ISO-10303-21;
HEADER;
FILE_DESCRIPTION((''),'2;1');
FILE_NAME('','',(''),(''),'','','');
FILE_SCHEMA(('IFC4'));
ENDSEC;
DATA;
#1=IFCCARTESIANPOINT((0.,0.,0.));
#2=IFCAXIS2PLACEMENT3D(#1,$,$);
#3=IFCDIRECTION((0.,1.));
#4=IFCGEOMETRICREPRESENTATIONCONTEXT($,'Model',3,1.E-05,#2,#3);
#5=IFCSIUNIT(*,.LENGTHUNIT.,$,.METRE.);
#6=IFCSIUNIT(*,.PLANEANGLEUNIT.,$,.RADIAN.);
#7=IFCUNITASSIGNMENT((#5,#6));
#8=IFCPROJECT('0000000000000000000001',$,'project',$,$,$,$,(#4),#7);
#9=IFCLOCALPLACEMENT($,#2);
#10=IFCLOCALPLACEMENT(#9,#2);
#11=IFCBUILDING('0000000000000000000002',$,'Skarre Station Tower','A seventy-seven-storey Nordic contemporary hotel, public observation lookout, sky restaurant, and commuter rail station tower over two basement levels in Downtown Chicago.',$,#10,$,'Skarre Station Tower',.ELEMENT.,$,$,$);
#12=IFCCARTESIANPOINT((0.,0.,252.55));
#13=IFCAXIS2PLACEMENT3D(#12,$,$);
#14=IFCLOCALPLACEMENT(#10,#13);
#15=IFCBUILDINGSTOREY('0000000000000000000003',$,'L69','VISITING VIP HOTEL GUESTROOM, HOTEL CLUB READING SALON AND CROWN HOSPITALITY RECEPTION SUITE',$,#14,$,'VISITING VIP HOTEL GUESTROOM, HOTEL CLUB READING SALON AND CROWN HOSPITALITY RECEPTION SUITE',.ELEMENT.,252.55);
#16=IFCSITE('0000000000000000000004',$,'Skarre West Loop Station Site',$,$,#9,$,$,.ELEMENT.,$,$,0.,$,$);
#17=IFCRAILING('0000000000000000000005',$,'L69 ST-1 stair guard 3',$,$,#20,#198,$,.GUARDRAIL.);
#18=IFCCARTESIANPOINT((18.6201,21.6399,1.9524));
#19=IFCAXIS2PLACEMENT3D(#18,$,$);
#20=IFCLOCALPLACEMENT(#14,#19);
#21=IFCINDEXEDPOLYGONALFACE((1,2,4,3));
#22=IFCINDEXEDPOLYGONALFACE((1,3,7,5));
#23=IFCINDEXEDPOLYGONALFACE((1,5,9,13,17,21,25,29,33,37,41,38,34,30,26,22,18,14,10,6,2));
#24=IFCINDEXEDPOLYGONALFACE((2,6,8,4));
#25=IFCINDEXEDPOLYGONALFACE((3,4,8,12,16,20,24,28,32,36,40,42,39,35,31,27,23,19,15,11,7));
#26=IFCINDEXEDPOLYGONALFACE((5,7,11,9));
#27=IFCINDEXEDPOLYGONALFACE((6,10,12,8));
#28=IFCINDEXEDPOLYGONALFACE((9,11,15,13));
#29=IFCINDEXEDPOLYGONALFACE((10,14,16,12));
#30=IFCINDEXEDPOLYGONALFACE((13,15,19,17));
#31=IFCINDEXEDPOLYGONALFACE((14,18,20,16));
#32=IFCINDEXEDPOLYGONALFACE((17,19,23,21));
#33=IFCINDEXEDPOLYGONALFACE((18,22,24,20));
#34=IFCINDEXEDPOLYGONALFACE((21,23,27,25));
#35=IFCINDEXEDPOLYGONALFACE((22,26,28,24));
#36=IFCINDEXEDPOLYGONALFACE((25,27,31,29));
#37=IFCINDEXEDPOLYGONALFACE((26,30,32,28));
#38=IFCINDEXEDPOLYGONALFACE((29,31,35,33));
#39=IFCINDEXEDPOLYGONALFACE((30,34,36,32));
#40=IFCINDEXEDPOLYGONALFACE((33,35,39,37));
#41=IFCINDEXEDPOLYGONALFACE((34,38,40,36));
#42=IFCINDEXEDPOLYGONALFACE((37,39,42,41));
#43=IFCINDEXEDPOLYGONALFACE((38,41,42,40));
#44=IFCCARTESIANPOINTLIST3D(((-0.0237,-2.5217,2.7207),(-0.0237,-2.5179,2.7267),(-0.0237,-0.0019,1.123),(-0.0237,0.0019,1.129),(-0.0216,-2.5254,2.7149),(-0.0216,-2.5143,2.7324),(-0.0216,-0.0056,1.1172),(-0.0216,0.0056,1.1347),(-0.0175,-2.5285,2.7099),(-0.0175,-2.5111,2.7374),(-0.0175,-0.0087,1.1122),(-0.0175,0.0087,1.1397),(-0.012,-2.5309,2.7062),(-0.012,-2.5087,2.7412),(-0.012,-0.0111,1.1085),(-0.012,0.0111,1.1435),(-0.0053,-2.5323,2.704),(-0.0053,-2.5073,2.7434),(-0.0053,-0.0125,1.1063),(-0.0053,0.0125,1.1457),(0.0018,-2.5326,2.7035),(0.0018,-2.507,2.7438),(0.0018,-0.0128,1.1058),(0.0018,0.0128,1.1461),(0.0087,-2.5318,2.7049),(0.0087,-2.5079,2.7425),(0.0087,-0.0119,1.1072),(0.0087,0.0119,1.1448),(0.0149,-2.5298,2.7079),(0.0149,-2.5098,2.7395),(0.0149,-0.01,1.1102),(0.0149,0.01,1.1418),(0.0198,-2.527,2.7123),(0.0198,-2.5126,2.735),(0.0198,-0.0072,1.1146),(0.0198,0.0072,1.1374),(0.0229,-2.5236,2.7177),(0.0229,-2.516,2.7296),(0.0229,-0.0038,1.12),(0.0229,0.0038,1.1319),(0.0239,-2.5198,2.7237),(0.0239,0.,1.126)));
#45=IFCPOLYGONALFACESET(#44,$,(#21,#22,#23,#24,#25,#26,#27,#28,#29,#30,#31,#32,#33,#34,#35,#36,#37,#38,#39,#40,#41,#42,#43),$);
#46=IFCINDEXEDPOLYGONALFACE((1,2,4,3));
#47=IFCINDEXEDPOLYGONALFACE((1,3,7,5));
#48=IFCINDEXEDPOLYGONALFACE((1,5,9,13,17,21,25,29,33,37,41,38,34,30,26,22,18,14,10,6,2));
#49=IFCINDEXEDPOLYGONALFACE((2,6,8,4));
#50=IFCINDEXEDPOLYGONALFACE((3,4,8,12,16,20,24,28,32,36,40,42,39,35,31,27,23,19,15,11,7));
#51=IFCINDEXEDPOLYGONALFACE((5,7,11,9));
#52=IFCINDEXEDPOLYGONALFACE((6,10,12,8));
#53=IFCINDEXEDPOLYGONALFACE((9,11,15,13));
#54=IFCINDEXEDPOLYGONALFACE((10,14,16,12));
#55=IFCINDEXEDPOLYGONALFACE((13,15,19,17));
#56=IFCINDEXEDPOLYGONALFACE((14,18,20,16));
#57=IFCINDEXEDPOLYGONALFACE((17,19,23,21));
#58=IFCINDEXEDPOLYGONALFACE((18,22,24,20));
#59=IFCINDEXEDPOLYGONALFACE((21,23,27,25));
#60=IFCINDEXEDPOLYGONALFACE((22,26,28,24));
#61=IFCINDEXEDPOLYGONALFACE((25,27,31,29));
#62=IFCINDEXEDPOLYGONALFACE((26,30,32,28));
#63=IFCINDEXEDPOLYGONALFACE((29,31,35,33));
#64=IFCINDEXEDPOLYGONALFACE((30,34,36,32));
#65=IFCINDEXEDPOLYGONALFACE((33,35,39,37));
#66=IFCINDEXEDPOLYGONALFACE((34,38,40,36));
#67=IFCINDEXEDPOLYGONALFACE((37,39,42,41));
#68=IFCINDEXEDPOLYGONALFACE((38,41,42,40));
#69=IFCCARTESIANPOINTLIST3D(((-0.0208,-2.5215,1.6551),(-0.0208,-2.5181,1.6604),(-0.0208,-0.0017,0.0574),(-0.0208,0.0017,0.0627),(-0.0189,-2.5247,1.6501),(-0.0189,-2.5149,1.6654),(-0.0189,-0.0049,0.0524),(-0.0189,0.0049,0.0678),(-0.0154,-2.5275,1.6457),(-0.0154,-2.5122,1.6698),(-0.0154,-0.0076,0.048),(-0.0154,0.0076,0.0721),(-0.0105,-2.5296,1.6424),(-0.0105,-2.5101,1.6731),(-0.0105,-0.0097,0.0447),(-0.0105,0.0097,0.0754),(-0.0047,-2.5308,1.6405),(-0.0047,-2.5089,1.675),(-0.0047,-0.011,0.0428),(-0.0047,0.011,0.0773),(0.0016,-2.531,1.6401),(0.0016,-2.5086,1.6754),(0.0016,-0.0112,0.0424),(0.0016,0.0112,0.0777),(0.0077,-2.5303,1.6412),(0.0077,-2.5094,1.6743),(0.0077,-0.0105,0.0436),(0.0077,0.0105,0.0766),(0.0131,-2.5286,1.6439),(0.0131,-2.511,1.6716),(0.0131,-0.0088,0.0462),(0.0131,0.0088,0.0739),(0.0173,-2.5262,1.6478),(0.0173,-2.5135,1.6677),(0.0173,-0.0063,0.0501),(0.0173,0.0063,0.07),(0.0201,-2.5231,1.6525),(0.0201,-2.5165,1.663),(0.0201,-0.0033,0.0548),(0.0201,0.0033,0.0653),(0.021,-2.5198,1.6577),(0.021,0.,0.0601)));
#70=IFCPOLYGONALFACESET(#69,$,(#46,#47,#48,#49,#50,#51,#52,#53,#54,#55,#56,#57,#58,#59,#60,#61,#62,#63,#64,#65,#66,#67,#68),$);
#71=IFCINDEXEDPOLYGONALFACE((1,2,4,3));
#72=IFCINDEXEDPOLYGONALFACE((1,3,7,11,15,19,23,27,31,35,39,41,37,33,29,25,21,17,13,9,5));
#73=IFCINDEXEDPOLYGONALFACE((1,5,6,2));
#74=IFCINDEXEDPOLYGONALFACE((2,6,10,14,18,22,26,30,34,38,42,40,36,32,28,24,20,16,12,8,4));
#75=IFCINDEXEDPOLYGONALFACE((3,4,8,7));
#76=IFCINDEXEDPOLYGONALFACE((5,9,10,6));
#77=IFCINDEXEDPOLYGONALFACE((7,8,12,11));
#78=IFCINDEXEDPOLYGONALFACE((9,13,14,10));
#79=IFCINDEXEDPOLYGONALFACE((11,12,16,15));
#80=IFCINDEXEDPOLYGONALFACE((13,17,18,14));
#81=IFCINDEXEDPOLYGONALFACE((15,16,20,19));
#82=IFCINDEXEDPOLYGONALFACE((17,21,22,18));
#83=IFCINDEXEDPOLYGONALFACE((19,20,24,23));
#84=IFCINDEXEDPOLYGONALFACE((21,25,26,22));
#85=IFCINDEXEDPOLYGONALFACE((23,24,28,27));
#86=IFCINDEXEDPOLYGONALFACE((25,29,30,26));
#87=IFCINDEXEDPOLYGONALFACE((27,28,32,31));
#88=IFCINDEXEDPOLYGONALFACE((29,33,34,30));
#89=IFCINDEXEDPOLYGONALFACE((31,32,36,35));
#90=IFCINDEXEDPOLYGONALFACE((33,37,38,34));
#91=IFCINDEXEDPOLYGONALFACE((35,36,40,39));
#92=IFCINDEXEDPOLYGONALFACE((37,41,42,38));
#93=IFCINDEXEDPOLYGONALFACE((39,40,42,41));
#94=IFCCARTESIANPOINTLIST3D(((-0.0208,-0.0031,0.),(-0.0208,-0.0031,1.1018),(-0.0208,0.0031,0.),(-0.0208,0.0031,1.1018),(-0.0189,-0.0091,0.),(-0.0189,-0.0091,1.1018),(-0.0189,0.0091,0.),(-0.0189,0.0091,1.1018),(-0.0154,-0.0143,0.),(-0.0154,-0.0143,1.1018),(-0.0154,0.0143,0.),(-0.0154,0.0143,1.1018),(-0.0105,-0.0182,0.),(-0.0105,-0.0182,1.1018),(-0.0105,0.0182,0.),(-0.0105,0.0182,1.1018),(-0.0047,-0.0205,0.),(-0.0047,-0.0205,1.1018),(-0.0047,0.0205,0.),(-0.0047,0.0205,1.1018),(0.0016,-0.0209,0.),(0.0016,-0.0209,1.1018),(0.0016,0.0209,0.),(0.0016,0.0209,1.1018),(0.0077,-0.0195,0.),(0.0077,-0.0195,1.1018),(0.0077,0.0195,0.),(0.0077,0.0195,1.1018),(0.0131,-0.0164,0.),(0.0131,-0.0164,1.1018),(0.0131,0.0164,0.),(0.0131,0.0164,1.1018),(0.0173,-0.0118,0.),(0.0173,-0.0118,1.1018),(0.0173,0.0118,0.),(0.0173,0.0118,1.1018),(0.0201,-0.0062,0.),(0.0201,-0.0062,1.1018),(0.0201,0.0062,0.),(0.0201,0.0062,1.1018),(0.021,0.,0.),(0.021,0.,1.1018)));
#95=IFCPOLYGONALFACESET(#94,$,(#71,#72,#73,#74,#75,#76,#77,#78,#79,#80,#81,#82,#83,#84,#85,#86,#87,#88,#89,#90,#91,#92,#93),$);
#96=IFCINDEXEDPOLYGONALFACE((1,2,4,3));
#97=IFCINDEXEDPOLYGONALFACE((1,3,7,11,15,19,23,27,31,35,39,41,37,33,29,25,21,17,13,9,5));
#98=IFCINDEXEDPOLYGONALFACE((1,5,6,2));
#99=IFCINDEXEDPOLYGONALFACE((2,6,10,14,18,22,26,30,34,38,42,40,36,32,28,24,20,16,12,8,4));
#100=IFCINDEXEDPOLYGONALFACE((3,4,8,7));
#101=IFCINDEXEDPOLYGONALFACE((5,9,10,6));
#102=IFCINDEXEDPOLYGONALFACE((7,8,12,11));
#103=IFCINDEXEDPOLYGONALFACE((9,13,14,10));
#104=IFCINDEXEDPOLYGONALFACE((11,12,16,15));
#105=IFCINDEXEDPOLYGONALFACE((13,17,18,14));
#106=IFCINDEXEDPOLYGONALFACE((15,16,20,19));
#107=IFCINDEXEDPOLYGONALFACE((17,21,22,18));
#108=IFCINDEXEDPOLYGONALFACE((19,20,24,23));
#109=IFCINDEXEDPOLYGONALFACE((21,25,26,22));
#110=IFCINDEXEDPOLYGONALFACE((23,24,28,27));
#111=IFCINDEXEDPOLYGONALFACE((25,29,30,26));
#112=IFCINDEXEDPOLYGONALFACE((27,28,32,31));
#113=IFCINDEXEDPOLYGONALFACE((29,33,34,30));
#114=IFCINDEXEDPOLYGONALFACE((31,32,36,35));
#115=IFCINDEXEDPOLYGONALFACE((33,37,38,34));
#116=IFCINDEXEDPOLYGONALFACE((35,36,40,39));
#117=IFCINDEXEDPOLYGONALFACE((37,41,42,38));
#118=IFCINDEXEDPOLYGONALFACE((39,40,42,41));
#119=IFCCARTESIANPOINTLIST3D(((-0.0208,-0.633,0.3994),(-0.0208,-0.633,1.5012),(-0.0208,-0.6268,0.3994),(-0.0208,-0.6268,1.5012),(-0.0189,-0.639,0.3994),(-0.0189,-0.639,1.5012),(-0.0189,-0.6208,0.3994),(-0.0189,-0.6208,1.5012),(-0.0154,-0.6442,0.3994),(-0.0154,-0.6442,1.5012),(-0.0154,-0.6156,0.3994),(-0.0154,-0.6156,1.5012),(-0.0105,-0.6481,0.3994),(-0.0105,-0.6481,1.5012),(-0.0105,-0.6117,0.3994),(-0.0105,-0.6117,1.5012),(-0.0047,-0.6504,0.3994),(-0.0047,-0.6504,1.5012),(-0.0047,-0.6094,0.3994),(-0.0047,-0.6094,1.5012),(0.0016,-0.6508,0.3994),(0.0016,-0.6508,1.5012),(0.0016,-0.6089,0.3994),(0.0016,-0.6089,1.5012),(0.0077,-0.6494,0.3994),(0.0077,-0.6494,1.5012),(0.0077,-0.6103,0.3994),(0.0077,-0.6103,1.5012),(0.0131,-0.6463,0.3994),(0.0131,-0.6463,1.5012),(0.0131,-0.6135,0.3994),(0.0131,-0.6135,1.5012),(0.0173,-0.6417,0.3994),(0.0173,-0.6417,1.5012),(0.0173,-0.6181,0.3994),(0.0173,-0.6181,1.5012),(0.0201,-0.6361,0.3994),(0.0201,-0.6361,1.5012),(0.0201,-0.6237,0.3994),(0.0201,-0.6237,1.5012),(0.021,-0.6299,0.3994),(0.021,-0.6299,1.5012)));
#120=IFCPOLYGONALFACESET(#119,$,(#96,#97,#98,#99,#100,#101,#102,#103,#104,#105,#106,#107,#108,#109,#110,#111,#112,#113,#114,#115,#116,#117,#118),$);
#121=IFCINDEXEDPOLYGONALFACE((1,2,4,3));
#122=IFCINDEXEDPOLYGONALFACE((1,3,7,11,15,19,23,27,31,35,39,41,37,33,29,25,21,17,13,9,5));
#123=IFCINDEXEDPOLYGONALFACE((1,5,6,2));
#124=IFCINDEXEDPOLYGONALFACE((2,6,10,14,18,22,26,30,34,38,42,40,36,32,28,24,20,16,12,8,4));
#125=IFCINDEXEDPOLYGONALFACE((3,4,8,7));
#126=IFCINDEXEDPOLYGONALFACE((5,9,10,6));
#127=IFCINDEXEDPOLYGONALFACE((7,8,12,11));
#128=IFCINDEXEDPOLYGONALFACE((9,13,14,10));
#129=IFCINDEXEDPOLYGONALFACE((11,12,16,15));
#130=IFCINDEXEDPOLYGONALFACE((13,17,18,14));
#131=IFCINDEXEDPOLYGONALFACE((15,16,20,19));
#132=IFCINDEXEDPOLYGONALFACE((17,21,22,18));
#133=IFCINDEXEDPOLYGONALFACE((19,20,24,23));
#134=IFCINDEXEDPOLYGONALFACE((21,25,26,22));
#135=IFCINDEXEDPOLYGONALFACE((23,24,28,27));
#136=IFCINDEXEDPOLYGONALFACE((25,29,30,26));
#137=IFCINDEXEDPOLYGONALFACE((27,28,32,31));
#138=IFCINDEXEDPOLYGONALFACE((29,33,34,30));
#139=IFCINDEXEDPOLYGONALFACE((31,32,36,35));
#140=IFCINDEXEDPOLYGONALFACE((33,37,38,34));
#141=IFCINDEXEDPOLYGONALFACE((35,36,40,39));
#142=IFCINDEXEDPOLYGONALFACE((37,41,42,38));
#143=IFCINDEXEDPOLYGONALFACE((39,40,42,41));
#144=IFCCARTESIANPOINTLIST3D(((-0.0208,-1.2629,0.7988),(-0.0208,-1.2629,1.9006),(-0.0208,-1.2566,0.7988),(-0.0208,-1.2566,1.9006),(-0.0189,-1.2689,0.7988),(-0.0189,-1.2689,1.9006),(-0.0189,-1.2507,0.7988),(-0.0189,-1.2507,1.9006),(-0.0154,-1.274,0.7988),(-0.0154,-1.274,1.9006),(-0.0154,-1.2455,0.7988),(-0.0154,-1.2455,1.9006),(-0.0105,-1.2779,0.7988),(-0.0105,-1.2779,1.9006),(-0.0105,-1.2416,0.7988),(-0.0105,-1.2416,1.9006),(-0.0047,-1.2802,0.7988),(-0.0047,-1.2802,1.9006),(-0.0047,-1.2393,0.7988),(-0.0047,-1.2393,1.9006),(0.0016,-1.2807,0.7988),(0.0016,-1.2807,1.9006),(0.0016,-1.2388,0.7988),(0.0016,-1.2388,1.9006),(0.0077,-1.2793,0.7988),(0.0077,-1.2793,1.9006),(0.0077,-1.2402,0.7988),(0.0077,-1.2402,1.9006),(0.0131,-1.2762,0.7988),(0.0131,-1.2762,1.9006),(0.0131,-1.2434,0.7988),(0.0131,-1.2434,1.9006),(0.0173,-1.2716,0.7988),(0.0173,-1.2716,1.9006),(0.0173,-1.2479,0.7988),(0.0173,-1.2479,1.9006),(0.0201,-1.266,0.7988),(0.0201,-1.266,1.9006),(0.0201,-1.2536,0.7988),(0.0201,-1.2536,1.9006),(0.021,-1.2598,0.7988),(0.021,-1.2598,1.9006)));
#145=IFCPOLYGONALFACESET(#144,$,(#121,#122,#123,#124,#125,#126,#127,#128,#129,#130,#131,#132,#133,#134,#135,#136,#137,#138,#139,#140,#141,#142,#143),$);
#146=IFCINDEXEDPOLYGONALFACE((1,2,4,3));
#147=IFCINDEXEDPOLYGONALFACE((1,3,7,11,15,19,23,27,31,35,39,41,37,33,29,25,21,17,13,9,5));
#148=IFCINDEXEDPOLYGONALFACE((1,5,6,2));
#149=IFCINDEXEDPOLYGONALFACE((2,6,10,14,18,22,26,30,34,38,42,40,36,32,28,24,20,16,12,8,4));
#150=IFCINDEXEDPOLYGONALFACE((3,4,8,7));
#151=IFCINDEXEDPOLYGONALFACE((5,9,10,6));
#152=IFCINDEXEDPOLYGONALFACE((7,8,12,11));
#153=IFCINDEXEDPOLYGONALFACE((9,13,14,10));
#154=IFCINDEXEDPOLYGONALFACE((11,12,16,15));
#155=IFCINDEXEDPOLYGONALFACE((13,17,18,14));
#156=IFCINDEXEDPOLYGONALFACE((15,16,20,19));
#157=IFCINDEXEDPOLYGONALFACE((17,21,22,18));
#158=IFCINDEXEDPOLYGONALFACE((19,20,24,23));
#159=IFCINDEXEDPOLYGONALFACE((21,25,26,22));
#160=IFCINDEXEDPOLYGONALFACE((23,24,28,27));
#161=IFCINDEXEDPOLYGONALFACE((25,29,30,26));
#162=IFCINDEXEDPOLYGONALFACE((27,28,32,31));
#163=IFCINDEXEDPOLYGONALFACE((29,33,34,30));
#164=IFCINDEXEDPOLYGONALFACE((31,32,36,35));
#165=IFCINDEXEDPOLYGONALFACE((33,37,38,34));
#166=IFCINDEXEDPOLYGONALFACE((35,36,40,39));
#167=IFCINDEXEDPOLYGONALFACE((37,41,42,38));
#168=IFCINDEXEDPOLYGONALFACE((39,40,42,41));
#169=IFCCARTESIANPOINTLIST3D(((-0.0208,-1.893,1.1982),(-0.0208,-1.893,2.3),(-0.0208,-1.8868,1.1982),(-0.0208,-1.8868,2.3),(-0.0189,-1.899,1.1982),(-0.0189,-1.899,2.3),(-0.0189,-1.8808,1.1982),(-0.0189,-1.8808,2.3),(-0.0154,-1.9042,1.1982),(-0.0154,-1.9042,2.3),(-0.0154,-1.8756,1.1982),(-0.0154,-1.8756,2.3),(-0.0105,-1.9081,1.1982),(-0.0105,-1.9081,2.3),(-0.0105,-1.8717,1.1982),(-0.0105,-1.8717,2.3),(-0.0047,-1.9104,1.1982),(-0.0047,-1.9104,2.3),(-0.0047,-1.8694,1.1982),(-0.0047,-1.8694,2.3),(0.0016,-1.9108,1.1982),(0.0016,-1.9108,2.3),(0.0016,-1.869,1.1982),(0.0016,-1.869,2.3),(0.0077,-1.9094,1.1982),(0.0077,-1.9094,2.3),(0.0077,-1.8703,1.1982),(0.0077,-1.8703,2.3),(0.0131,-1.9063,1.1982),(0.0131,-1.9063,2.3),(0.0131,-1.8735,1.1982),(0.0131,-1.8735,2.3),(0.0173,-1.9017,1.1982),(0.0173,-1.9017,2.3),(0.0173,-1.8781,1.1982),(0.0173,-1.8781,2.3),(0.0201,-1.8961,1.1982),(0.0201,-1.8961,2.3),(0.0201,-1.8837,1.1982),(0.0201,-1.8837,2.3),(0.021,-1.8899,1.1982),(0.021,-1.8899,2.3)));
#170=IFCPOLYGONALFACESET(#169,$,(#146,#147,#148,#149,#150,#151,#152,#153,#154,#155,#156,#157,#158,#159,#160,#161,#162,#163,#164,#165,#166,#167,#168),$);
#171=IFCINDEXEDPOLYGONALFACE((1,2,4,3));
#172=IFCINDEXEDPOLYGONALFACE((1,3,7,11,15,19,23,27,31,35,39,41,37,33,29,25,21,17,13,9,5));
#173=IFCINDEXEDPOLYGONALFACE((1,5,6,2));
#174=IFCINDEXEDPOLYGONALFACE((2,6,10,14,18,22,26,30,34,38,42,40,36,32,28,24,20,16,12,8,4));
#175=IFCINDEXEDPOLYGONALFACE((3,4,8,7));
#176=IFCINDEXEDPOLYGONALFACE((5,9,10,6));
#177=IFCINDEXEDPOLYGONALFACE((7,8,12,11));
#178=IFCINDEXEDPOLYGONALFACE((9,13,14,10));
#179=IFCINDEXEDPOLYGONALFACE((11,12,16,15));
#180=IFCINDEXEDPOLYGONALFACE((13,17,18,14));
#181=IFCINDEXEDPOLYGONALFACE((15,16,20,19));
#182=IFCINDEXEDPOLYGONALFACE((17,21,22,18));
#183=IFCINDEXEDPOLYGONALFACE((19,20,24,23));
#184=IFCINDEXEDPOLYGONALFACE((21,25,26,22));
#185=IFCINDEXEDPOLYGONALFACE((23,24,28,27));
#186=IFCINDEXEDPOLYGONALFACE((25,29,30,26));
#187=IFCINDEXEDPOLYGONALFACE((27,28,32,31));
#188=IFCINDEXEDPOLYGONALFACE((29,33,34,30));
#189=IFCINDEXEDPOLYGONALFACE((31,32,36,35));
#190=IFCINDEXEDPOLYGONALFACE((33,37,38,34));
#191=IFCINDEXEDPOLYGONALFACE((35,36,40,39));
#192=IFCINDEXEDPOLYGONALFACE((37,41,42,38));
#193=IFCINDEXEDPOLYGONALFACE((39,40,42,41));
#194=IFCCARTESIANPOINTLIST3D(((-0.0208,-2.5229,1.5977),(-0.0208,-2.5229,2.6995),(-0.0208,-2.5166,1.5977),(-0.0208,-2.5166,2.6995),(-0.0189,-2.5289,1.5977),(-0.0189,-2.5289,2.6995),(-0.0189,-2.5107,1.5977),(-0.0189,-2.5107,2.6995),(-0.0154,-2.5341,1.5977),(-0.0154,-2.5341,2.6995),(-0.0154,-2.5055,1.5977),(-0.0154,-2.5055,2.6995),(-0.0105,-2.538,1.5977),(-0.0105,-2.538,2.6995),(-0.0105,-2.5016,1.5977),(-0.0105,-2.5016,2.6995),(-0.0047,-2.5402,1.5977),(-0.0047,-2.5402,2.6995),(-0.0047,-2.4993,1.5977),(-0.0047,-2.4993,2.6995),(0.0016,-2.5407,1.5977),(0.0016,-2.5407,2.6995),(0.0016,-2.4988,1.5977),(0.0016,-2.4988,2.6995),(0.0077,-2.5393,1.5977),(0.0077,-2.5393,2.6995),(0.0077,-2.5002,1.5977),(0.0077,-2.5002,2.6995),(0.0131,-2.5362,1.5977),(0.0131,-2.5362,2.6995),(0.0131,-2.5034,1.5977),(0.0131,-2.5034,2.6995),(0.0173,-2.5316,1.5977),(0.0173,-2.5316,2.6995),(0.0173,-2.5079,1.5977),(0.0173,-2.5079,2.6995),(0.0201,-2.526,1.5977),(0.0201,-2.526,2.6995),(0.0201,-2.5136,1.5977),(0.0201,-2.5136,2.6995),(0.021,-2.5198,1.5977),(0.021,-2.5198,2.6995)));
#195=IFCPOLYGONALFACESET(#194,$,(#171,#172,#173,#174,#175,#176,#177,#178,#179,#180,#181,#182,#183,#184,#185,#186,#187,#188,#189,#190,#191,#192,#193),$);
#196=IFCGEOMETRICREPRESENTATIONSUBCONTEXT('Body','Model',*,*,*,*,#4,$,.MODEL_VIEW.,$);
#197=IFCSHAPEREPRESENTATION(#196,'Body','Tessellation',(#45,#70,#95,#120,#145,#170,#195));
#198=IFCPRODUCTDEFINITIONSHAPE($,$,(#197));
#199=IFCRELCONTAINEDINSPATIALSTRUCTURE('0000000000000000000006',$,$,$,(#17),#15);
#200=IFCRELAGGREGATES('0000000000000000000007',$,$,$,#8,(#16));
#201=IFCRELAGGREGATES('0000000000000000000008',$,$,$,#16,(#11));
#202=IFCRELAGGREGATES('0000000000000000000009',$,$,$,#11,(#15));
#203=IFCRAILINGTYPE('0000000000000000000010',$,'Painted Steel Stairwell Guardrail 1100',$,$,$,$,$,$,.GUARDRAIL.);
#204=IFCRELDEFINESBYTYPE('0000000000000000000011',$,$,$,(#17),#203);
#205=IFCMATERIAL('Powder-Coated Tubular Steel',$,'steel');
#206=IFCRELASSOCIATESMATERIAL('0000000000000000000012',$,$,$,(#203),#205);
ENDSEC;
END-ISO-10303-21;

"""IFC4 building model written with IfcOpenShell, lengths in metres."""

from ifc_helpers import new_model, si_unit, direction, frame, origin, origin_2d, place, context, subcontext, project, spatial, circle, extrude, material, type_object, element, save


model = new_model("IFC4")

# Units and contexts
model_context = context("Model", 3, precision=1e-05, world=origin(), true_north=direction((0.0, 1.0)))
body_context = subcontext(model_context, "Body", "Model", "MODEL_VIEW")
ifc_project = project(units=[si_unit("LENGTHUNIT", "METRE"), si_unit("PLANEANGLEUNIT", "RADIAN")], contexts=[model_context])

# Site, building, storey
site_placement = place(None, origin())
site = spatial("IfcSite", under=ifc_project, at=site_placement, Name="Skarre West Loop Station Site", CompositionType="ELEMENT", RefElevation=0.0)
building_placement = place(site_placement, origin())
building = spatial("IfcBuilding", under=site, at=building_placement, Name="Skarre Station Tower", Description="A seventy-seven-storey Nordic contemporary hotel, public observation lookout, sky restaurant, and commuter rail station tower over two basement levels in Downtown Chicago.", LongName="Skarre Station Tower", CompositionType="ELEMENT")
storey_placement = place(building_placement, frame((0.0, 0.0, 252.55)))
storey = spatial("IfcBuildingStorey", under=building, at=storey_placement, Name="L69", Description="VISITING VIP HOTEL GUESTROOM, HOTEL CLUB READING SALON AND CROWN HOSPITALITY RECEPTION SUITE", LongName="VISITING VIP HOTEL GUESTROOM, HOTEL CLUB READING SALON AND CROWN HOSPITALITY RECEPTION SUITE", CompositionType="ELEMENT", Elevation=252.55)

# Railing
ifc_material_1 = material(Name="Powder-Coated Tubular Steel", Category="steel")
railing_type_1 = type_object("IfcRailingType", Name="Painted Steel Stairwell Guardrail 1100", PredefinedType="GUARDRAIL", material=ifc_material_1)
railing_1_placement = place(storey_placement, frame((18.6201, 21.6399, 1.9524)))
element("IfcRailing", 1, at=railing_1_placement, inside=storey, type_object=railing_type_1, Name="L69 ST-1 stair guard 3", PredefinedType="GUARDRAIL", context=body_context, shape_type="SweptSolid", body=[
    extrude(circle(Radius=0.0239, at=origin_2d()), frame((0.0, 0.0, 1.126), z_axis=(0.0, -0.844546, 0.535482), x_axis=(1.0, 0.0, 0.0)), (0.0, 0.0, 1.0), 2.9836),
    extrude(circle(Radius=0.021, at=origin_2d()), frame((0.0, 0.0, 0.0601), z_axis=(0.0, -0.844546, 0.535482), x_axis=(1.0, 0.0, 0.0)), (0.0, 0.0, 1.0), 2.9836),
    extrude(circle(Radius=0.021, at=origin_2d()), origin(), (0.0, 0.0, 1.0), 1.1018),
    extrude(circle(Radius=0.021, at=origin_2d()), frame((0.0, -0.6299, 0.3994)), (0.0, 0.0, 1.0), 1.1018),
    extrude(circle(Radius=0.021, at=origin_2d()), frame((0.0, -1.2598, 0.7988)), (0.0, 0.0, 1.0), 1.1018),
    extrude(circle(Radius=0.021, at=origin_2d()), frame((0.0, -1.8899, 1.1982)), (0.0, 0.0, 1.0), 1.1018),
    extrude(circle(Radius=0.021, at=origin_2d()), frame((0.0, -2.5198, 1.5977)), (0.0, 0.0, 1.0), 1.1018),
])

save(model, "model.ifc")
